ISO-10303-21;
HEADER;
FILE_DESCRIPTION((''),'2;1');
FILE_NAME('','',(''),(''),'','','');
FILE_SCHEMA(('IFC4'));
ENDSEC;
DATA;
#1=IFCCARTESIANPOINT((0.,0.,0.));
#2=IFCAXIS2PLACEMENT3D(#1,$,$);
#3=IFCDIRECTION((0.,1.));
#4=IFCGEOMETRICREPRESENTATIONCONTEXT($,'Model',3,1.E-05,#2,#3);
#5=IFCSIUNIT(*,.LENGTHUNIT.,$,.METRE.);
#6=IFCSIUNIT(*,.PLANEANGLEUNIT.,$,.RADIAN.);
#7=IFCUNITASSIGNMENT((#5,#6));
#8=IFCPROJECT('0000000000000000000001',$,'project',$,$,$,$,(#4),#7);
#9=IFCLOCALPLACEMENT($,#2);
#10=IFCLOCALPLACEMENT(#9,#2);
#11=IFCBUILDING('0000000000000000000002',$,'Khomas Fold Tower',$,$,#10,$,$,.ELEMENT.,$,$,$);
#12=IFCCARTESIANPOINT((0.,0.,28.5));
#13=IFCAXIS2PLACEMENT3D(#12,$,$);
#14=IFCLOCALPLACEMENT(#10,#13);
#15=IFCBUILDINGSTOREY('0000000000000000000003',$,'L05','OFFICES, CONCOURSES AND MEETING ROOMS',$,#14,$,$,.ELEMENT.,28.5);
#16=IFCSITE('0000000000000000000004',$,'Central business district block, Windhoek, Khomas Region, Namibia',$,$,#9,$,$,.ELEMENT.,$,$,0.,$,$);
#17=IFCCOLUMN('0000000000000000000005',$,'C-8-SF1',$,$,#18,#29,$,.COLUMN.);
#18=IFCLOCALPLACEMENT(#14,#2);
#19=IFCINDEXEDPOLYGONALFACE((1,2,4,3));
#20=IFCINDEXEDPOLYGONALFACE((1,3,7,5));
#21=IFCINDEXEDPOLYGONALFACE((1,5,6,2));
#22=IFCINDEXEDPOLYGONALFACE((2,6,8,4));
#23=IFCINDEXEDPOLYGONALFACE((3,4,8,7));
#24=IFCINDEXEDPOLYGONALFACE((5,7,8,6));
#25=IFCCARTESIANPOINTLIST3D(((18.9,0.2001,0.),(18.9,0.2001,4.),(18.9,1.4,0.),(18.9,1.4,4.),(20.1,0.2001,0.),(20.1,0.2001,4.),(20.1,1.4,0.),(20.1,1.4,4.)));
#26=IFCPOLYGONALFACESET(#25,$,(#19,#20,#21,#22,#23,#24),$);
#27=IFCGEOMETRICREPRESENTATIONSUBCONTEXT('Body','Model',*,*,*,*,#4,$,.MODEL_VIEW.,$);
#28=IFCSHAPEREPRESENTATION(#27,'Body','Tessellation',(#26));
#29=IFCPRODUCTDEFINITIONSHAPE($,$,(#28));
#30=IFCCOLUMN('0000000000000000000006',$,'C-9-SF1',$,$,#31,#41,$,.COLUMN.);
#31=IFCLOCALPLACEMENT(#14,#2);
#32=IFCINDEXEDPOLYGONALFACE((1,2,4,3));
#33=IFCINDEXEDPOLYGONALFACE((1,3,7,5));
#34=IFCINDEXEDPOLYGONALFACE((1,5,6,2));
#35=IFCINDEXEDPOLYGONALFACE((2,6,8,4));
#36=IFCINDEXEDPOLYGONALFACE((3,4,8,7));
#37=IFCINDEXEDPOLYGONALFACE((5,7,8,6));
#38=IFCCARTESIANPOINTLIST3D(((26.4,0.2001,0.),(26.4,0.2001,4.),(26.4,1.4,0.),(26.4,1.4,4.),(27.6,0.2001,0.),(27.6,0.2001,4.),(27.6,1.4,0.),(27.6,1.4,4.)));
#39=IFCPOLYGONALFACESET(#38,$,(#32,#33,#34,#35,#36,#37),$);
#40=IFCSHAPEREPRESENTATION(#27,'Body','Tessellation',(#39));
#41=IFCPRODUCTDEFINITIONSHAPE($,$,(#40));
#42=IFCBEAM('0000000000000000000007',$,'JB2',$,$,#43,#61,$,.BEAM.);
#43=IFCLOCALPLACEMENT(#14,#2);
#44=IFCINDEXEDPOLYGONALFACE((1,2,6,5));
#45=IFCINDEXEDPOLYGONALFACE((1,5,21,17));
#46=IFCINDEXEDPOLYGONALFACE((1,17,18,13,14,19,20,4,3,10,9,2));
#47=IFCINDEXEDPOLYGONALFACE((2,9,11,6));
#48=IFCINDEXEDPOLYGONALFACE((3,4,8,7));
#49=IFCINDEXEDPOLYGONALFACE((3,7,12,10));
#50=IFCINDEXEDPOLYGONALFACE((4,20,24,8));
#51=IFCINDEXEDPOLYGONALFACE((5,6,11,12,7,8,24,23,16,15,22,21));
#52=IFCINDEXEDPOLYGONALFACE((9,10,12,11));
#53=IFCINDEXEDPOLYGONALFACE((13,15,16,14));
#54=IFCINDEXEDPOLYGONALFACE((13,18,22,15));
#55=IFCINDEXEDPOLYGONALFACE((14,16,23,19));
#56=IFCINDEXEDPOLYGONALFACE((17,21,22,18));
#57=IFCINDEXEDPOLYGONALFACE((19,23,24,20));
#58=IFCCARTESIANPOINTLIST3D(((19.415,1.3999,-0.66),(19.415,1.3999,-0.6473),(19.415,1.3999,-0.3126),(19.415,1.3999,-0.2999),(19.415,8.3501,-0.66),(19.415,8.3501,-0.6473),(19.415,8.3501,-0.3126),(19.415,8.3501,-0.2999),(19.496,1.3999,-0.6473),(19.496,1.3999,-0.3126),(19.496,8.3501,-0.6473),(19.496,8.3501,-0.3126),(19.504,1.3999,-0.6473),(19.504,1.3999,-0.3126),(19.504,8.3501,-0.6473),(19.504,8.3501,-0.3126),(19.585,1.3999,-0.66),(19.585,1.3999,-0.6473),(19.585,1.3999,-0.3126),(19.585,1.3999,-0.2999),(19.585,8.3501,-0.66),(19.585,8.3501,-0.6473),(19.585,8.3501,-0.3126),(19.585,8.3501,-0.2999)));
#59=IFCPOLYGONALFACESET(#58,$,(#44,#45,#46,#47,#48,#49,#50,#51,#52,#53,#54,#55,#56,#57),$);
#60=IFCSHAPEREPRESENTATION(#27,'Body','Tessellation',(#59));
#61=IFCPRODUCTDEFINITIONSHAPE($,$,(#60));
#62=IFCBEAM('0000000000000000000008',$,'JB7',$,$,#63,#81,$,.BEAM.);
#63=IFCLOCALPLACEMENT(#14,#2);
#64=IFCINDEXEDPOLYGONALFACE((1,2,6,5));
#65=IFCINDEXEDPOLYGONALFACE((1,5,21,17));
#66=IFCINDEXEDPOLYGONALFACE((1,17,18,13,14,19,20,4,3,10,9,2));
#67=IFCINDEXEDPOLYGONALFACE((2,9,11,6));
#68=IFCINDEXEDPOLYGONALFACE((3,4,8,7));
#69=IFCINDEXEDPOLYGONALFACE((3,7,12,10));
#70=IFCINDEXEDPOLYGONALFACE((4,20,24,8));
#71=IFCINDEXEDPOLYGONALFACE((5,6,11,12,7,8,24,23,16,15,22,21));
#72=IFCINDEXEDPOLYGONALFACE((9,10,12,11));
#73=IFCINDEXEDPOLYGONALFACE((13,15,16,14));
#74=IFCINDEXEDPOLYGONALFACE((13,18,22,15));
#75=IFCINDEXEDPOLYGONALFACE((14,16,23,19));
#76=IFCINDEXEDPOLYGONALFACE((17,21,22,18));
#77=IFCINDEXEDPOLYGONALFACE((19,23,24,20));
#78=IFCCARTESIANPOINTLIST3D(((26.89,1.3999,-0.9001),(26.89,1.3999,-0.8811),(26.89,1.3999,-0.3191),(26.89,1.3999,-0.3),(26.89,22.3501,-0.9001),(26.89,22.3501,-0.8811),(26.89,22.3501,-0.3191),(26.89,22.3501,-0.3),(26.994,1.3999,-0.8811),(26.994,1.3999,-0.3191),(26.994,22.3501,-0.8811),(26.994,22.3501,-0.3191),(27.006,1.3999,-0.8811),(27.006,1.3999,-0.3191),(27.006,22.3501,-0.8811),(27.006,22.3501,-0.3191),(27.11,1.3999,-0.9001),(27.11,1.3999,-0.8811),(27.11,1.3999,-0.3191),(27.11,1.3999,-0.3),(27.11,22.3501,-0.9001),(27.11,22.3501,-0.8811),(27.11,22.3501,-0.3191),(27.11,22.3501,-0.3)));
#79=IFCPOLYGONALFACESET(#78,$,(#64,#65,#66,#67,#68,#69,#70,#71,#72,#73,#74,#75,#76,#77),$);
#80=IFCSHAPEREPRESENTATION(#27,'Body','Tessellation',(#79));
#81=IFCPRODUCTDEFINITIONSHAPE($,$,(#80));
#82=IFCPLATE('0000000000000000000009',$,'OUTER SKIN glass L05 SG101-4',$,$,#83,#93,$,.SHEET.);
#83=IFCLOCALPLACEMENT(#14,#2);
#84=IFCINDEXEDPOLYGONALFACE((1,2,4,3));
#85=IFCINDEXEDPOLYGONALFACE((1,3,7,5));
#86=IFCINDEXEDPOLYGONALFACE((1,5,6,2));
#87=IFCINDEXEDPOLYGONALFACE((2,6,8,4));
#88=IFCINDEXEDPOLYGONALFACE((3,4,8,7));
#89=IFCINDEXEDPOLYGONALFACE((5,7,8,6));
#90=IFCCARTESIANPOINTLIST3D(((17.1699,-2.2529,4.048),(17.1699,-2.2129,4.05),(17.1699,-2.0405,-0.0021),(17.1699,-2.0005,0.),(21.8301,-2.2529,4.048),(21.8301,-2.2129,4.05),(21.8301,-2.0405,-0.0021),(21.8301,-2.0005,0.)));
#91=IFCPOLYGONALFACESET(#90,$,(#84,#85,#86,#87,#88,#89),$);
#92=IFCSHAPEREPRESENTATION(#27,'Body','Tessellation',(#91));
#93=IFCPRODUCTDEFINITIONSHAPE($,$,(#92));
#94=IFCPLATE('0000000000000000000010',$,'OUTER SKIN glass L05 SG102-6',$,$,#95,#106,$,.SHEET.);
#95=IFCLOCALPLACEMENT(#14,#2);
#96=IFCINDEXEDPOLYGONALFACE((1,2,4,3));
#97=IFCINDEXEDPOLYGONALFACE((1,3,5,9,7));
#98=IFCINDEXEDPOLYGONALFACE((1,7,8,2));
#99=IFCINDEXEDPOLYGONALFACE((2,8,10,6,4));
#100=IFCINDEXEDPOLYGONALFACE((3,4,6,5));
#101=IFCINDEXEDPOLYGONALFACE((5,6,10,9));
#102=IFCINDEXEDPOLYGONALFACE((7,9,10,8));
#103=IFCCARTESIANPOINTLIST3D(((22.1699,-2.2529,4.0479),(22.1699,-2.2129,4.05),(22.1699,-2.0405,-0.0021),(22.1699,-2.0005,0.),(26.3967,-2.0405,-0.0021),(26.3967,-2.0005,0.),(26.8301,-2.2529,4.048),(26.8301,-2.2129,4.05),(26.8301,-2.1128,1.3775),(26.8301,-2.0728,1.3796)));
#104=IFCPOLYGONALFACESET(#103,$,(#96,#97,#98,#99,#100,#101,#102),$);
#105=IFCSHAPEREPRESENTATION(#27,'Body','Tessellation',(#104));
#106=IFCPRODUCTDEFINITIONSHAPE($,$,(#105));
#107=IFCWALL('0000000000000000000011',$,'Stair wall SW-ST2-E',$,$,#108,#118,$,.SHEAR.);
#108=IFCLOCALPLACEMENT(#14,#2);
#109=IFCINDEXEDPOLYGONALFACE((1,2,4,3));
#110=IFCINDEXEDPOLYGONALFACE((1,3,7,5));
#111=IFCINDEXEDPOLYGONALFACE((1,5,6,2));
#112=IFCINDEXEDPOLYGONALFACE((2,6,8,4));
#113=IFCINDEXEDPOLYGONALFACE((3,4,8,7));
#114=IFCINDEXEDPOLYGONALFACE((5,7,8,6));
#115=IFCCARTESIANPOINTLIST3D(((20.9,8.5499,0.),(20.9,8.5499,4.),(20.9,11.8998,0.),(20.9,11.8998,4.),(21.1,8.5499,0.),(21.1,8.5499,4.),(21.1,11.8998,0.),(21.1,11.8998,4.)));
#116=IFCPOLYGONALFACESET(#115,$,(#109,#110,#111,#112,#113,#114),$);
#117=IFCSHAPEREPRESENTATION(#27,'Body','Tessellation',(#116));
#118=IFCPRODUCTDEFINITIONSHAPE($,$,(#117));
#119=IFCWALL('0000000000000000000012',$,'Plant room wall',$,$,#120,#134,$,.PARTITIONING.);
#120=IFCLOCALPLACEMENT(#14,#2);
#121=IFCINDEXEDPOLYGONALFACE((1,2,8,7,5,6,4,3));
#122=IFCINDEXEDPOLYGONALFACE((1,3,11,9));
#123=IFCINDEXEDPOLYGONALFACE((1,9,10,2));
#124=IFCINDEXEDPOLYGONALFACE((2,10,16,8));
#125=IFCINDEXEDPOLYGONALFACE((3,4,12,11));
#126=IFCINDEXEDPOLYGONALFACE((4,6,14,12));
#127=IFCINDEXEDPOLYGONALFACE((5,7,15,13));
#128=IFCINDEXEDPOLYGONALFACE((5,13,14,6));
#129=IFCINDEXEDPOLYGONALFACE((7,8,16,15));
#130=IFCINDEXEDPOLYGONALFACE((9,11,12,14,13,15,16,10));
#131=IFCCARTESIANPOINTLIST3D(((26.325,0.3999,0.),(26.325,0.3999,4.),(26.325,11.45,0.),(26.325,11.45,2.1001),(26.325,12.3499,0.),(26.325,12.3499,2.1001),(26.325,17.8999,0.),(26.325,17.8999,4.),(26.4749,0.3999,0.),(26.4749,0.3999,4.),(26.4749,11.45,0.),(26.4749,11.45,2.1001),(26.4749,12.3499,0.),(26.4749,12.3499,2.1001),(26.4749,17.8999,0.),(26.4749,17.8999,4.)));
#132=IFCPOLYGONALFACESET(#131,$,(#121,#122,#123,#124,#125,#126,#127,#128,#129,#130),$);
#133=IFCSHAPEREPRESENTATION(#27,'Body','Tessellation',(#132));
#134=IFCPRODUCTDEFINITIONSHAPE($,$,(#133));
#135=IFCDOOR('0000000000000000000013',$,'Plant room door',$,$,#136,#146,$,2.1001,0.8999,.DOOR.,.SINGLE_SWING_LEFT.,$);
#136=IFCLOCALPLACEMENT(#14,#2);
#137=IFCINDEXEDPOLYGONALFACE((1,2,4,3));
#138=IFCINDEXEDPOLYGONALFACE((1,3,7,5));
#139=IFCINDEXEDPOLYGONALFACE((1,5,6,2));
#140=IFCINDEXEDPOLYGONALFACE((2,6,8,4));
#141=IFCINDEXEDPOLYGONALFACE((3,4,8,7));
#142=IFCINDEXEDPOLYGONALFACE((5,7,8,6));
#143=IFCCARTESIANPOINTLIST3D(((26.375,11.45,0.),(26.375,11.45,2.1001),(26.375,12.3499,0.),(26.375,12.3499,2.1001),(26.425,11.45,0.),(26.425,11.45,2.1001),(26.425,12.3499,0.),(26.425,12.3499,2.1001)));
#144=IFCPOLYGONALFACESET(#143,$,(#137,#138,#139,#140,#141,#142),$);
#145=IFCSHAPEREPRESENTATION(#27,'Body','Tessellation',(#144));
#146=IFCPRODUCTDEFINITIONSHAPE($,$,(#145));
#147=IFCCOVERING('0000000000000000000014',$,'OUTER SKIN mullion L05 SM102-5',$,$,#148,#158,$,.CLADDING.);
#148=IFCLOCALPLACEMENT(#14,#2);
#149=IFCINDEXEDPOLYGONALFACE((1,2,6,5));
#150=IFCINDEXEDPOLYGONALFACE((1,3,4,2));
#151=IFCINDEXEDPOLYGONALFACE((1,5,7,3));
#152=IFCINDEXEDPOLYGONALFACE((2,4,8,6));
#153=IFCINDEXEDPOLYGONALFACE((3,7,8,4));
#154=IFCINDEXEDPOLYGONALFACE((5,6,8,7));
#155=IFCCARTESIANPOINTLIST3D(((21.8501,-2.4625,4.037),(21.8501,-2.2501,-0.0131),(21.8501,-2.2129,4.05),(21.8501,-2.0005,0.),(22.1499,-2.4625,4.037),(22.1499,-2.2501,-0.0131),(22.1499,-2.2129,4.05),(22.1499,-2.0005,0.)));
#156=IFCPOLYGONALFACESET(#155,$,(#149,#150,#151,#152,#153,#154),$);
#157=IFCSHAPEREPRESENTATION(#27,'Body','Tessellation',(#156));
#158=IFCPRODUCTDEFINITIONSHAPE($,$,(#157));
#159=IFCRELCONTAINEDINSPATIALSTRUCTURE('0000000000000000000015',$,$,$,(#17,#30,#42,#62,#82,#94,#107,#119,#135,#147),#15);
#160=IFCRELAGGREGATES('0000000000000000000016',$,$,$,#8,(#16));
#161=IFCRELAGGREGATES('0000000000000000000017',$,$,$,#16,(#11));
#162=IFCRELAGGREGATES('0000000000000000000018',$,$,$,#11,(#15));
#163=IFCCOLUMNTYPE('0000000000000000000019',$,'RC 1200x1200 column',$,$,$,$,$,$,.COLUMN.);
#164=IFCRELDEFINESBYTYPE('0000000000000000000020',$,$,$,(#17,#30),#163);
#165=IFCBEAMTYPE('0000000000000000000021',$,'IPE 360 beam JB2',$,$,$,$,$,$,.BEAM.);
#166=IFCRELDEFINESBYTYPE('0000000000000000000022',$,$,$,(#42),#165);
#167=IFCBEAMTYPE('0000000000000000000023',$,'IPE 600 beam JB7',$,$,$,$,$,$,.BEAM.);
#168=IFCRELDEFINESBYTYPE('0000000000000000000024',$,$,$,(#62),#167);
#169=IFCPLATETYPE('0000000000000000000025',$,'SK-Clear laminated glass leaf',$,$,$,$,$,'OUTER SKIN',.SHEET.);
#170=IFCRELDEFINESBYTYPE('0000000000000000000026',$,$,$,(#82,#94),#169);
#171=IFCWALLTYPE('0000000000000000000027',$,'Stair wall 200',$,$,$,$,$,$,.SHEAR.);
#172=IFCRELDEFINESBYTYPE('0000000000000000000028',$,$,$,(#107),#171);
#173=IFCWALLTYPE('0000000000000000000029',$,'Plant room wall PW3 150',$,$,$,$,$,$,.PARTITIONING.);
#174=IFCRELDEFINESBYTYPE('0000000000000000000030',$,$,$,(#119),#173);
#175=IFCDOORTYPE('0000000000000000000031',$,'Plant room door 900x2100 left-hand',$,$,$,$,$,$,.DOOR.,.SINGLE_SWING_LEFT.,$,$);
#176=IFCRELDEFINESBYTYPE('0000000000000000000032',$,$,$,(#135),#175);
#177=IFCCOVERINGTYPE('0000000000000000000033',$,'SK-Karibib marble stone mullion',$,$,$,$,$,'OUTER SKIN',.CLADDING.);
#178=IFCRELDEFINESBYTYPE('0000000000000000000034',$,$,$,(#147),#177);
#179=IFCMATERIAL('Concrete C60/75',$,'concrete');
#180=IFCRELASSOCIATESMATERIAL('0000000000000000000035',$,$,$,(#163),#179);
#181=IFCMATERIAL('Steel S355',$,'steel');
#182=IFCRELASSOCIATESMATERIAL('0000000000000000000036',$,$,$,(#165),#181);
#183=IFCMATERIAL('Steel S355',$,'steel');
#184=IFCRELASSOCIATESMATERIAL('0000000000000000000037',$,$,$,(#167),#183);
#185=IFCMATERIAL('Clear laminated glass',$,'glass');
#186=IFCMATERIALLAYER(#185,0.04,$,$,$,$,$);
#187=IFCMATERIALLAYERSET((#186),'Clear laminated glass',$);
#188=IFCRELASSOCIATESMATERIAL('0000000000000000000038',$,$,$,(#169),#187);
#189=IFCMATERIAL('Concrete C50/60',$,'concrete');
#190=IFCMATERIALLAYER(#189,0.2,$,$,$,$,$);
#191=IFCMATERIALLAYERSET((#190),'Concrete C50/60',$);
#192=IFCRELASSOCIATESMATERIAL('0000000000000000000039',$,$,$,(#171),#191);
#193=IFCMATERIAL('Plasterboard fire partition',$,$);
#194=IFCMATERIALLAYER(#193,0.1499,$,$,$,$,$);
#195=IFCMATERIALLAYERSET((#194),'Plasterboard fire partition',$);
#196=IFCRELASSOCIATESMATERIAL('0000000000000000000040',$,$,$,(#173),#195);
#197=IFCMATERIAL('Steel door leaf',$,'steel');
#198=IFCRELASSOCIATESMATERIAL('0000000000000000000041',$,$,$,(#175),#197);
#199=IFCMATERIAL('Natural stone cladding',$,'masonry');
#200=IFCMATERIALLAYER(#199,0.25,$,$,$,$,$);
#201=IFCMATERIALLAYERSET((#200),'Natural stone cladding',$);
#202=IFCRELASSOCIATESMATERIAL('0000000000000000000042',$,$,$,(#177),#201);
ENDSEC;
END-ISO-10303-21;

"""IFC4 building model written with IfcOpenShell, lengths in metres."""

from ifc_helpers import new_model, si_unit, direction, frame, frame_2d, origin, origin_2d, place, context, subcontext, project, spatial, polyline, rectangle, i_section, outline, extrude, source, transform, mapped, material, layer, layer_set, material_profile, profile_set, type_object, element, fill, save


model = new_model("IFC4")

# Units and contexts
model_context = context("Model", 3, precision=1e-05, world=origin(), true_north=direction((0.0, 1.0)))
body_context = subcontext(model_context, "Body", "Model", "MODEL_VIEW")
ifc_project = project(units=[si_unit("LENGTHUNIT", "METRE"), si_unit("PLANEANGLEUNIT", "RADIAN")], contexts=[model_context])

# Site, building, storey
site_placement = place(None, origin())
site = spatial("IfcSite", under=ifc_project, at=site_placement, Name="Central business district block, Windhoek, Khomas Region, Namibia", CompositionType="ELEMENT", RefElevation=0.0)
building_placement = place(site_placement, origin())
building = spatial("IfcBuilding", under=site, at=building_placement, Name="Khomas Fold Tower", CompositionType="ELEMENT")
storey_placement = place(building_placement, frame((0.0, 0.0, 28.5)))
storey = spatial("IfcBuildingStorey", under=building, at=storey_placement, Name="L05", Description="OFFICES, CONCOURSES AND MEETING ROOMS", CompositionType="ELEMENT", Elevation=28.5)

# Columns
ifc_material_1 = material(Name="Concrete C60/75", Category="concrete")
ifc_material_profile_1 = material_profile(ifc_material_1, rectangle(XDim=1.2, YDim=1.2, at=origin_2d()), Name="RC 1200x1200")
ifc_profile_set_1 = profile_set([ifc_material_profile_1], Name="Concrete C60/75")
column_type = type_object("IfcColumnType", Name="RC 1200x1200 column", PredefinedType="COLUMN", material=ifc_profile_set_1)
shared_shape_1 = source(origin(), body_context, "Body", "SweptSolid", [
    extrude(rectangle(XDim=1.2, YDim=1.2, at=origin_2d()), origin(), (0.0, 0.0, 1.0), 4.0),
])
for number, where, z_axis, x_axis, name in (
    (1, (19.5, 0.8, 0.0), (0.0, 0.0, 1.0), (1.0, 0.0, 0.0), "C-8-SF1"),
    (2, (27.0, 0.8, 0.0), (0.0, 0.0, 1.0), (1.0, 0.0, 0.0), "C-9-SF1"),
):
    element("IfcColumn", number, at=place(storey_placement, frame(where, z_axis=z_axis, x_axis=x_axis)), inside=storey, type_object=column_type, Name=name, PredefinedType="COLUMN", context=body_context, shape_type="MappedRepresentation", body=[
        mapped(shared_shape_1, transform((0.0, 0.0, 0.0))),
    ])

# Beams
ifc_material_2 = material(Name="Steel S355", Category="steel")
ifc_material_profile_2 = material_profile(ifc_material_2, i_section(OverallWidth=0.1699, OverallDepth=0.3601, WebThickness=0.0081, FlangeThickness=0.0127, at=origin_2d()), Name="IPE 360")
ifc_profile_set_2 = profile_set([ifc_material_profile_2], Name="Steel S355")
beam_type_1 = type_object("IfcBeamType", Name="IPE 360 beam JB2", PredefinedType="BEAM", material=ifc_profile_set_2)
shared_shape_2 = source(origin(), body_context, "Body", "SweptSolid", [
    extrude(i_section(OverallWidth=0.1699, OverallDepth=0.3601, WebThickness=0.0081, FlangeThickness=0.0127, at=origin_2d()), origin(), (0.0, 0.0, 1.0), 6.9502),
])
beam_1_placement = place(storey_placement, frame((19.5, 1.3999, -0.48), z_axis=(0.0, 1.0, 0.0), x_axis=(-1.0, 0.0, 0.0)))
element("IfcBeam", 3, at=beam_1_placement, inside=storey, type_object=beam_type_1, Name="JB2", PredefinedType="BEAM", context=body_context, shape_type="MappedRepresentation", body=[
    mapped(shared_shape_2, transform((0.0, 0.0, 0.0))),
])
ifc_material_3 = material(Name="Steel S355", Category="steel")
ifc_material_profile_3 = material_profile(ifc_material_3, i_section(OverallWidth=0.22, OverallDepth=0.6001, WebThickness=0.012, FlangeThickness=0.019, at=origin_2d()), Name="IPE 600")
ifc_profile_set_3 = profile_set([ifc_material_profile_3], Name="Steel S355")
beam_type_2 = type_object("IfcBeamType", Name="IPE 600 beam JB7", PredefinedType="BEAM", material=ifc_profile_set_3)
shared_shape_3 = source(origin(), body_context, "Body", "SweptSolid", [
    extrude(i_section(OverallWidth=0.22, OverallDepth=0.6001, WebThickness=0.012, FlangeThickness=0.019, at=origin_2d()), origin(), (0.0, 0.0, 1.0), 20.9502),
])
beam_2_placement = place(storey_placement, frame((27.0, 1.3999, -0.6001), z_axis=(0.0, 1.0, 0.0), x_axis=(-1.0, 0.0, 0.0)))
element("IfcBeam", 4, at=beam_2_placement, inside=storey, type_object=beam_type_2, Name="JB7", PredefinedType="BEAM", context=body_context, shape_type="MappedRepresentation", body=[
    mapped(shared_shape_3, transform((0.0, 0.0, 0.0))),
])

# Plates
ifc_material_4 = material(Name="Clear laminated glass", Category="glass")
ifc_layer_1 = layer(ifc_material_4, 0.04)
ifc_layer_set_1 = layer_set([ifc_layer_1], Name="Clear laminated glass")
plate_type = type_object("IfcPlateType", Name="SK-Clear laminated glass leaf", ElementType="OUTER SKIN", PredefinedType="SHEET", material=ifc_layer_set_1)
plate_1_placement = place(storey_placement, frame((21.8301, -2.2129, 4.05), z_axis=(0.0, 0.998628, 0.052372), x_axis=(0.0, 0.052372, -0.998628)))
element("IfcPlate", 5, at=plate_1_placement, inside=storey, type_object=plate_type, Name="OUTER SKIN glass L05 SG101-4", PredefinedType="SHEET", context=body_context, shape_type="SweptSolid", body=[
    extrude(outline(polyline([(0.0, 0.0), (4.0556, 0.0), (4.0556, 4.6602), (0.0, 4.6602), (0.0, 0.0)])), origin(), (0.0, 0.0, -1.0), 0.04),
])
plate_2_placement = place(storey_placement, frame((26.8301, -2.2129, 4.05), z_axis=(-0.00001, 0.998628, 0.052373), x_axis=(0.0, 0.052373, -0.998628)))
element("IfcPlate", 6, at=plate_2_placement, inside=storey, type_object=plate_type, Name="OUTER SKIN glass L05 SG102-6", PredefinedType="SHEET", context=body_context, shape_type="SweptSolid", body=[
    extrude(outline(polyline([(0.0, 0.0), (2.6741, 0.0), (4.0556, 0.4333), (4.0556, 4.6602), (0.0, 4.6602), (0.0, 0.0)])), origin(), (0.0, 0.0, -1.0), 0.04),
])

# Wall
ifc_material_5 = material(Name="Concrete C50/60", Category="concrete")
ifc_layer_2 = layer(ifc_material_5, 0.2)
ifc_layer_set_2 = layer_set([ifc_layer_2], Name="Concrete C50/60")
wall_type_1 = type_object("IfcWallType", Name="Stair wall 200", PredefinedType="SHEAR", material=ifc_layer_set_2)
shared_shape_4 = source(origin(), body_context, "Body", "SweptSolid", [
    extrude(rectangle(XDim=3.3499, YDim=0.2, at=frame_2d((1.6748, 0.0))), origin(), (0.0, 0.0, 1.0), 4.0),
])
wall_1_placement = place(storey_placement, frame((21.0, 8.55, 0.0), z_axis=(0.0, 0.0, 1.0), x_axis=(0.0, 1.0, 0.0)))
element("IfcWall", 7, at=wall_1_placement, inside=storey, type_object=wall_type_1, Name="Stair wall SW-ST2-E", PredefinedType="SHEAR", context=body_context, shape_type="MappedRepresentation", body=[
    mapped(shared_shape_4, transform((0.0, 0.0, 0.0))),
])

# Wall, opening, door
ifc_material_6 = material(Name="Plasterboard fire partition")
ifc_layer_3 = layer(ifc_material_6, 0.1499)
ifc_layer_set_3 = layer_set([ifc_layer_3], Name="Plasterboard fire partition")
wall_type_2 = type_object("IfcWallType", Name="Plant room wall PW3 150", PredefinedType="PARTITIONING", material=ifc_layer_set_3)
shared_shape_5 = source(origin(), body_context, "Body", "SweptSolid", [
    extrude(rectangle(XDim=17.5, YDim=0.1499, at=frame_2d((8.75, 0.0))), origin(), (0.0, 0.0, 1.0), 4.0),
])
wall_2_placement = place(storey_placement, frame((26.3999, 0.3999, 0.0), z_axis=(0.0, 0.0, 1.0), x_axis=(0.0, 1.0, 0.0)))
wall_2 = element("IfcWall", 8, at=wall_2_placement, inside=storey, type_object=wall_type_2, Name="Plant room wall", PredefinedType="PARTITIONING", context=body_context, shape_type="MappedRepresentation", body=[
    mapped(shared_shape_5, transform((0.0, 0.0, 0.0))),
])
shared_shape_6 = source(origin(), body_context, "Body", "SweptSolid", [
    extrude(rectangle(XDim=0.8999, YDim=2.1001, at=frame_2d((0.45, 1.05))), frame((0.0, 0.085, 0.0), z_axis=(0.0, -1.0, 0.0), x_axis=(1.0, 0.0, 0.0)), (0.0, 0.0, 1.0), 0.1699),
])
opening_placement = place(wall_2_placement, frame((11.05, 0.0, 0.0)))
opening = element("IfcOpeningElement", 9, at=opening_placement, cuts=wall_2, PredefinedType="OPENING", context=body_context, shape_type="MappedRepresentation", body=[
    mapped(shared_shape_6, transform((0.0, 0.0, 0.0))),
])
ifc_material_7 = material(Name="Steel door leaf", Category="steel")
door_type = type_object("IfcDoorType", Name="Plant room door 900x2100 left-hand", OperationType="SINGLE_SWING_LEFT", PredefinedType="DOOR", material=ifc_material_7)
shared_shape_7 = source(origin(), body_context, "Body", "SweptSolid", [
    extrude(rectangle(XDim=0.8999, YDim=2.1001, at=frame_2d((0.45, 1.05))), frame((0.0, 0.0249, 0.0), z_axis=(0.0, -1.0, 0.0), x_axis=(1.0, 0.0, 0.0)), (0.0, 0.0, 1.0), 0.05),
])
door_placement = place(opening_placement, origin())
door = element("IfcDoor", 10, at=door_placement, inside=storey, type_object=door_type, Name="Plant room door", OperationType="SINGLE_SWING_LEFT", OverallHeight=2.1001, OverallWidth=0.8999, PredefinedType="DOOR", context=body_context, shape_type="MappedRepresentation", body=[
    mapped(shared_shape_7, transform((0.0, 0.0, 0.0))),
])
fill(opening, door)

# Covering
ifc_material_8 = material(Name="Natural stone cladding", Category="masonry")
ifc_layer_4 = layer(ifc_material_8, 0.25)
ifc_layer_set_4 = layer_set([ifc_layer_4], Name="Natural stone cladding")
covering_type = type_object("IfcCoveringType", Name="SK-Karibib marble stone mullion", ElementType="OUTER SKIN", PredefinedType="CLADDING", material=ifc_layer_set_4)
covering_placement = place(storey_placement, frame((22.1499, -2.2129, 4.05), z_axis=(0.0, 0.998628, 0.052372), x_axis=(0.0, 0.052372, -0.998628)))
element("IfcCovering", 11, at=covering_placement, inside=storey, type_object=covering_type, Name="OUTER SKIN mullion L05 SM102-5", PredefinedType="CLADDING", context=body_context, shape_type="SweptSolid", body=[
    extrude(outline(polyline([(0.0, 0.0), (4.0556, 0.0), (4.0556, 0.2998), (0.0, 0.2998), (0.0, 0.0)])), origin(), (0.0, 0.0, -1.0), 0.25),
])

save(model, "model.ifc")
